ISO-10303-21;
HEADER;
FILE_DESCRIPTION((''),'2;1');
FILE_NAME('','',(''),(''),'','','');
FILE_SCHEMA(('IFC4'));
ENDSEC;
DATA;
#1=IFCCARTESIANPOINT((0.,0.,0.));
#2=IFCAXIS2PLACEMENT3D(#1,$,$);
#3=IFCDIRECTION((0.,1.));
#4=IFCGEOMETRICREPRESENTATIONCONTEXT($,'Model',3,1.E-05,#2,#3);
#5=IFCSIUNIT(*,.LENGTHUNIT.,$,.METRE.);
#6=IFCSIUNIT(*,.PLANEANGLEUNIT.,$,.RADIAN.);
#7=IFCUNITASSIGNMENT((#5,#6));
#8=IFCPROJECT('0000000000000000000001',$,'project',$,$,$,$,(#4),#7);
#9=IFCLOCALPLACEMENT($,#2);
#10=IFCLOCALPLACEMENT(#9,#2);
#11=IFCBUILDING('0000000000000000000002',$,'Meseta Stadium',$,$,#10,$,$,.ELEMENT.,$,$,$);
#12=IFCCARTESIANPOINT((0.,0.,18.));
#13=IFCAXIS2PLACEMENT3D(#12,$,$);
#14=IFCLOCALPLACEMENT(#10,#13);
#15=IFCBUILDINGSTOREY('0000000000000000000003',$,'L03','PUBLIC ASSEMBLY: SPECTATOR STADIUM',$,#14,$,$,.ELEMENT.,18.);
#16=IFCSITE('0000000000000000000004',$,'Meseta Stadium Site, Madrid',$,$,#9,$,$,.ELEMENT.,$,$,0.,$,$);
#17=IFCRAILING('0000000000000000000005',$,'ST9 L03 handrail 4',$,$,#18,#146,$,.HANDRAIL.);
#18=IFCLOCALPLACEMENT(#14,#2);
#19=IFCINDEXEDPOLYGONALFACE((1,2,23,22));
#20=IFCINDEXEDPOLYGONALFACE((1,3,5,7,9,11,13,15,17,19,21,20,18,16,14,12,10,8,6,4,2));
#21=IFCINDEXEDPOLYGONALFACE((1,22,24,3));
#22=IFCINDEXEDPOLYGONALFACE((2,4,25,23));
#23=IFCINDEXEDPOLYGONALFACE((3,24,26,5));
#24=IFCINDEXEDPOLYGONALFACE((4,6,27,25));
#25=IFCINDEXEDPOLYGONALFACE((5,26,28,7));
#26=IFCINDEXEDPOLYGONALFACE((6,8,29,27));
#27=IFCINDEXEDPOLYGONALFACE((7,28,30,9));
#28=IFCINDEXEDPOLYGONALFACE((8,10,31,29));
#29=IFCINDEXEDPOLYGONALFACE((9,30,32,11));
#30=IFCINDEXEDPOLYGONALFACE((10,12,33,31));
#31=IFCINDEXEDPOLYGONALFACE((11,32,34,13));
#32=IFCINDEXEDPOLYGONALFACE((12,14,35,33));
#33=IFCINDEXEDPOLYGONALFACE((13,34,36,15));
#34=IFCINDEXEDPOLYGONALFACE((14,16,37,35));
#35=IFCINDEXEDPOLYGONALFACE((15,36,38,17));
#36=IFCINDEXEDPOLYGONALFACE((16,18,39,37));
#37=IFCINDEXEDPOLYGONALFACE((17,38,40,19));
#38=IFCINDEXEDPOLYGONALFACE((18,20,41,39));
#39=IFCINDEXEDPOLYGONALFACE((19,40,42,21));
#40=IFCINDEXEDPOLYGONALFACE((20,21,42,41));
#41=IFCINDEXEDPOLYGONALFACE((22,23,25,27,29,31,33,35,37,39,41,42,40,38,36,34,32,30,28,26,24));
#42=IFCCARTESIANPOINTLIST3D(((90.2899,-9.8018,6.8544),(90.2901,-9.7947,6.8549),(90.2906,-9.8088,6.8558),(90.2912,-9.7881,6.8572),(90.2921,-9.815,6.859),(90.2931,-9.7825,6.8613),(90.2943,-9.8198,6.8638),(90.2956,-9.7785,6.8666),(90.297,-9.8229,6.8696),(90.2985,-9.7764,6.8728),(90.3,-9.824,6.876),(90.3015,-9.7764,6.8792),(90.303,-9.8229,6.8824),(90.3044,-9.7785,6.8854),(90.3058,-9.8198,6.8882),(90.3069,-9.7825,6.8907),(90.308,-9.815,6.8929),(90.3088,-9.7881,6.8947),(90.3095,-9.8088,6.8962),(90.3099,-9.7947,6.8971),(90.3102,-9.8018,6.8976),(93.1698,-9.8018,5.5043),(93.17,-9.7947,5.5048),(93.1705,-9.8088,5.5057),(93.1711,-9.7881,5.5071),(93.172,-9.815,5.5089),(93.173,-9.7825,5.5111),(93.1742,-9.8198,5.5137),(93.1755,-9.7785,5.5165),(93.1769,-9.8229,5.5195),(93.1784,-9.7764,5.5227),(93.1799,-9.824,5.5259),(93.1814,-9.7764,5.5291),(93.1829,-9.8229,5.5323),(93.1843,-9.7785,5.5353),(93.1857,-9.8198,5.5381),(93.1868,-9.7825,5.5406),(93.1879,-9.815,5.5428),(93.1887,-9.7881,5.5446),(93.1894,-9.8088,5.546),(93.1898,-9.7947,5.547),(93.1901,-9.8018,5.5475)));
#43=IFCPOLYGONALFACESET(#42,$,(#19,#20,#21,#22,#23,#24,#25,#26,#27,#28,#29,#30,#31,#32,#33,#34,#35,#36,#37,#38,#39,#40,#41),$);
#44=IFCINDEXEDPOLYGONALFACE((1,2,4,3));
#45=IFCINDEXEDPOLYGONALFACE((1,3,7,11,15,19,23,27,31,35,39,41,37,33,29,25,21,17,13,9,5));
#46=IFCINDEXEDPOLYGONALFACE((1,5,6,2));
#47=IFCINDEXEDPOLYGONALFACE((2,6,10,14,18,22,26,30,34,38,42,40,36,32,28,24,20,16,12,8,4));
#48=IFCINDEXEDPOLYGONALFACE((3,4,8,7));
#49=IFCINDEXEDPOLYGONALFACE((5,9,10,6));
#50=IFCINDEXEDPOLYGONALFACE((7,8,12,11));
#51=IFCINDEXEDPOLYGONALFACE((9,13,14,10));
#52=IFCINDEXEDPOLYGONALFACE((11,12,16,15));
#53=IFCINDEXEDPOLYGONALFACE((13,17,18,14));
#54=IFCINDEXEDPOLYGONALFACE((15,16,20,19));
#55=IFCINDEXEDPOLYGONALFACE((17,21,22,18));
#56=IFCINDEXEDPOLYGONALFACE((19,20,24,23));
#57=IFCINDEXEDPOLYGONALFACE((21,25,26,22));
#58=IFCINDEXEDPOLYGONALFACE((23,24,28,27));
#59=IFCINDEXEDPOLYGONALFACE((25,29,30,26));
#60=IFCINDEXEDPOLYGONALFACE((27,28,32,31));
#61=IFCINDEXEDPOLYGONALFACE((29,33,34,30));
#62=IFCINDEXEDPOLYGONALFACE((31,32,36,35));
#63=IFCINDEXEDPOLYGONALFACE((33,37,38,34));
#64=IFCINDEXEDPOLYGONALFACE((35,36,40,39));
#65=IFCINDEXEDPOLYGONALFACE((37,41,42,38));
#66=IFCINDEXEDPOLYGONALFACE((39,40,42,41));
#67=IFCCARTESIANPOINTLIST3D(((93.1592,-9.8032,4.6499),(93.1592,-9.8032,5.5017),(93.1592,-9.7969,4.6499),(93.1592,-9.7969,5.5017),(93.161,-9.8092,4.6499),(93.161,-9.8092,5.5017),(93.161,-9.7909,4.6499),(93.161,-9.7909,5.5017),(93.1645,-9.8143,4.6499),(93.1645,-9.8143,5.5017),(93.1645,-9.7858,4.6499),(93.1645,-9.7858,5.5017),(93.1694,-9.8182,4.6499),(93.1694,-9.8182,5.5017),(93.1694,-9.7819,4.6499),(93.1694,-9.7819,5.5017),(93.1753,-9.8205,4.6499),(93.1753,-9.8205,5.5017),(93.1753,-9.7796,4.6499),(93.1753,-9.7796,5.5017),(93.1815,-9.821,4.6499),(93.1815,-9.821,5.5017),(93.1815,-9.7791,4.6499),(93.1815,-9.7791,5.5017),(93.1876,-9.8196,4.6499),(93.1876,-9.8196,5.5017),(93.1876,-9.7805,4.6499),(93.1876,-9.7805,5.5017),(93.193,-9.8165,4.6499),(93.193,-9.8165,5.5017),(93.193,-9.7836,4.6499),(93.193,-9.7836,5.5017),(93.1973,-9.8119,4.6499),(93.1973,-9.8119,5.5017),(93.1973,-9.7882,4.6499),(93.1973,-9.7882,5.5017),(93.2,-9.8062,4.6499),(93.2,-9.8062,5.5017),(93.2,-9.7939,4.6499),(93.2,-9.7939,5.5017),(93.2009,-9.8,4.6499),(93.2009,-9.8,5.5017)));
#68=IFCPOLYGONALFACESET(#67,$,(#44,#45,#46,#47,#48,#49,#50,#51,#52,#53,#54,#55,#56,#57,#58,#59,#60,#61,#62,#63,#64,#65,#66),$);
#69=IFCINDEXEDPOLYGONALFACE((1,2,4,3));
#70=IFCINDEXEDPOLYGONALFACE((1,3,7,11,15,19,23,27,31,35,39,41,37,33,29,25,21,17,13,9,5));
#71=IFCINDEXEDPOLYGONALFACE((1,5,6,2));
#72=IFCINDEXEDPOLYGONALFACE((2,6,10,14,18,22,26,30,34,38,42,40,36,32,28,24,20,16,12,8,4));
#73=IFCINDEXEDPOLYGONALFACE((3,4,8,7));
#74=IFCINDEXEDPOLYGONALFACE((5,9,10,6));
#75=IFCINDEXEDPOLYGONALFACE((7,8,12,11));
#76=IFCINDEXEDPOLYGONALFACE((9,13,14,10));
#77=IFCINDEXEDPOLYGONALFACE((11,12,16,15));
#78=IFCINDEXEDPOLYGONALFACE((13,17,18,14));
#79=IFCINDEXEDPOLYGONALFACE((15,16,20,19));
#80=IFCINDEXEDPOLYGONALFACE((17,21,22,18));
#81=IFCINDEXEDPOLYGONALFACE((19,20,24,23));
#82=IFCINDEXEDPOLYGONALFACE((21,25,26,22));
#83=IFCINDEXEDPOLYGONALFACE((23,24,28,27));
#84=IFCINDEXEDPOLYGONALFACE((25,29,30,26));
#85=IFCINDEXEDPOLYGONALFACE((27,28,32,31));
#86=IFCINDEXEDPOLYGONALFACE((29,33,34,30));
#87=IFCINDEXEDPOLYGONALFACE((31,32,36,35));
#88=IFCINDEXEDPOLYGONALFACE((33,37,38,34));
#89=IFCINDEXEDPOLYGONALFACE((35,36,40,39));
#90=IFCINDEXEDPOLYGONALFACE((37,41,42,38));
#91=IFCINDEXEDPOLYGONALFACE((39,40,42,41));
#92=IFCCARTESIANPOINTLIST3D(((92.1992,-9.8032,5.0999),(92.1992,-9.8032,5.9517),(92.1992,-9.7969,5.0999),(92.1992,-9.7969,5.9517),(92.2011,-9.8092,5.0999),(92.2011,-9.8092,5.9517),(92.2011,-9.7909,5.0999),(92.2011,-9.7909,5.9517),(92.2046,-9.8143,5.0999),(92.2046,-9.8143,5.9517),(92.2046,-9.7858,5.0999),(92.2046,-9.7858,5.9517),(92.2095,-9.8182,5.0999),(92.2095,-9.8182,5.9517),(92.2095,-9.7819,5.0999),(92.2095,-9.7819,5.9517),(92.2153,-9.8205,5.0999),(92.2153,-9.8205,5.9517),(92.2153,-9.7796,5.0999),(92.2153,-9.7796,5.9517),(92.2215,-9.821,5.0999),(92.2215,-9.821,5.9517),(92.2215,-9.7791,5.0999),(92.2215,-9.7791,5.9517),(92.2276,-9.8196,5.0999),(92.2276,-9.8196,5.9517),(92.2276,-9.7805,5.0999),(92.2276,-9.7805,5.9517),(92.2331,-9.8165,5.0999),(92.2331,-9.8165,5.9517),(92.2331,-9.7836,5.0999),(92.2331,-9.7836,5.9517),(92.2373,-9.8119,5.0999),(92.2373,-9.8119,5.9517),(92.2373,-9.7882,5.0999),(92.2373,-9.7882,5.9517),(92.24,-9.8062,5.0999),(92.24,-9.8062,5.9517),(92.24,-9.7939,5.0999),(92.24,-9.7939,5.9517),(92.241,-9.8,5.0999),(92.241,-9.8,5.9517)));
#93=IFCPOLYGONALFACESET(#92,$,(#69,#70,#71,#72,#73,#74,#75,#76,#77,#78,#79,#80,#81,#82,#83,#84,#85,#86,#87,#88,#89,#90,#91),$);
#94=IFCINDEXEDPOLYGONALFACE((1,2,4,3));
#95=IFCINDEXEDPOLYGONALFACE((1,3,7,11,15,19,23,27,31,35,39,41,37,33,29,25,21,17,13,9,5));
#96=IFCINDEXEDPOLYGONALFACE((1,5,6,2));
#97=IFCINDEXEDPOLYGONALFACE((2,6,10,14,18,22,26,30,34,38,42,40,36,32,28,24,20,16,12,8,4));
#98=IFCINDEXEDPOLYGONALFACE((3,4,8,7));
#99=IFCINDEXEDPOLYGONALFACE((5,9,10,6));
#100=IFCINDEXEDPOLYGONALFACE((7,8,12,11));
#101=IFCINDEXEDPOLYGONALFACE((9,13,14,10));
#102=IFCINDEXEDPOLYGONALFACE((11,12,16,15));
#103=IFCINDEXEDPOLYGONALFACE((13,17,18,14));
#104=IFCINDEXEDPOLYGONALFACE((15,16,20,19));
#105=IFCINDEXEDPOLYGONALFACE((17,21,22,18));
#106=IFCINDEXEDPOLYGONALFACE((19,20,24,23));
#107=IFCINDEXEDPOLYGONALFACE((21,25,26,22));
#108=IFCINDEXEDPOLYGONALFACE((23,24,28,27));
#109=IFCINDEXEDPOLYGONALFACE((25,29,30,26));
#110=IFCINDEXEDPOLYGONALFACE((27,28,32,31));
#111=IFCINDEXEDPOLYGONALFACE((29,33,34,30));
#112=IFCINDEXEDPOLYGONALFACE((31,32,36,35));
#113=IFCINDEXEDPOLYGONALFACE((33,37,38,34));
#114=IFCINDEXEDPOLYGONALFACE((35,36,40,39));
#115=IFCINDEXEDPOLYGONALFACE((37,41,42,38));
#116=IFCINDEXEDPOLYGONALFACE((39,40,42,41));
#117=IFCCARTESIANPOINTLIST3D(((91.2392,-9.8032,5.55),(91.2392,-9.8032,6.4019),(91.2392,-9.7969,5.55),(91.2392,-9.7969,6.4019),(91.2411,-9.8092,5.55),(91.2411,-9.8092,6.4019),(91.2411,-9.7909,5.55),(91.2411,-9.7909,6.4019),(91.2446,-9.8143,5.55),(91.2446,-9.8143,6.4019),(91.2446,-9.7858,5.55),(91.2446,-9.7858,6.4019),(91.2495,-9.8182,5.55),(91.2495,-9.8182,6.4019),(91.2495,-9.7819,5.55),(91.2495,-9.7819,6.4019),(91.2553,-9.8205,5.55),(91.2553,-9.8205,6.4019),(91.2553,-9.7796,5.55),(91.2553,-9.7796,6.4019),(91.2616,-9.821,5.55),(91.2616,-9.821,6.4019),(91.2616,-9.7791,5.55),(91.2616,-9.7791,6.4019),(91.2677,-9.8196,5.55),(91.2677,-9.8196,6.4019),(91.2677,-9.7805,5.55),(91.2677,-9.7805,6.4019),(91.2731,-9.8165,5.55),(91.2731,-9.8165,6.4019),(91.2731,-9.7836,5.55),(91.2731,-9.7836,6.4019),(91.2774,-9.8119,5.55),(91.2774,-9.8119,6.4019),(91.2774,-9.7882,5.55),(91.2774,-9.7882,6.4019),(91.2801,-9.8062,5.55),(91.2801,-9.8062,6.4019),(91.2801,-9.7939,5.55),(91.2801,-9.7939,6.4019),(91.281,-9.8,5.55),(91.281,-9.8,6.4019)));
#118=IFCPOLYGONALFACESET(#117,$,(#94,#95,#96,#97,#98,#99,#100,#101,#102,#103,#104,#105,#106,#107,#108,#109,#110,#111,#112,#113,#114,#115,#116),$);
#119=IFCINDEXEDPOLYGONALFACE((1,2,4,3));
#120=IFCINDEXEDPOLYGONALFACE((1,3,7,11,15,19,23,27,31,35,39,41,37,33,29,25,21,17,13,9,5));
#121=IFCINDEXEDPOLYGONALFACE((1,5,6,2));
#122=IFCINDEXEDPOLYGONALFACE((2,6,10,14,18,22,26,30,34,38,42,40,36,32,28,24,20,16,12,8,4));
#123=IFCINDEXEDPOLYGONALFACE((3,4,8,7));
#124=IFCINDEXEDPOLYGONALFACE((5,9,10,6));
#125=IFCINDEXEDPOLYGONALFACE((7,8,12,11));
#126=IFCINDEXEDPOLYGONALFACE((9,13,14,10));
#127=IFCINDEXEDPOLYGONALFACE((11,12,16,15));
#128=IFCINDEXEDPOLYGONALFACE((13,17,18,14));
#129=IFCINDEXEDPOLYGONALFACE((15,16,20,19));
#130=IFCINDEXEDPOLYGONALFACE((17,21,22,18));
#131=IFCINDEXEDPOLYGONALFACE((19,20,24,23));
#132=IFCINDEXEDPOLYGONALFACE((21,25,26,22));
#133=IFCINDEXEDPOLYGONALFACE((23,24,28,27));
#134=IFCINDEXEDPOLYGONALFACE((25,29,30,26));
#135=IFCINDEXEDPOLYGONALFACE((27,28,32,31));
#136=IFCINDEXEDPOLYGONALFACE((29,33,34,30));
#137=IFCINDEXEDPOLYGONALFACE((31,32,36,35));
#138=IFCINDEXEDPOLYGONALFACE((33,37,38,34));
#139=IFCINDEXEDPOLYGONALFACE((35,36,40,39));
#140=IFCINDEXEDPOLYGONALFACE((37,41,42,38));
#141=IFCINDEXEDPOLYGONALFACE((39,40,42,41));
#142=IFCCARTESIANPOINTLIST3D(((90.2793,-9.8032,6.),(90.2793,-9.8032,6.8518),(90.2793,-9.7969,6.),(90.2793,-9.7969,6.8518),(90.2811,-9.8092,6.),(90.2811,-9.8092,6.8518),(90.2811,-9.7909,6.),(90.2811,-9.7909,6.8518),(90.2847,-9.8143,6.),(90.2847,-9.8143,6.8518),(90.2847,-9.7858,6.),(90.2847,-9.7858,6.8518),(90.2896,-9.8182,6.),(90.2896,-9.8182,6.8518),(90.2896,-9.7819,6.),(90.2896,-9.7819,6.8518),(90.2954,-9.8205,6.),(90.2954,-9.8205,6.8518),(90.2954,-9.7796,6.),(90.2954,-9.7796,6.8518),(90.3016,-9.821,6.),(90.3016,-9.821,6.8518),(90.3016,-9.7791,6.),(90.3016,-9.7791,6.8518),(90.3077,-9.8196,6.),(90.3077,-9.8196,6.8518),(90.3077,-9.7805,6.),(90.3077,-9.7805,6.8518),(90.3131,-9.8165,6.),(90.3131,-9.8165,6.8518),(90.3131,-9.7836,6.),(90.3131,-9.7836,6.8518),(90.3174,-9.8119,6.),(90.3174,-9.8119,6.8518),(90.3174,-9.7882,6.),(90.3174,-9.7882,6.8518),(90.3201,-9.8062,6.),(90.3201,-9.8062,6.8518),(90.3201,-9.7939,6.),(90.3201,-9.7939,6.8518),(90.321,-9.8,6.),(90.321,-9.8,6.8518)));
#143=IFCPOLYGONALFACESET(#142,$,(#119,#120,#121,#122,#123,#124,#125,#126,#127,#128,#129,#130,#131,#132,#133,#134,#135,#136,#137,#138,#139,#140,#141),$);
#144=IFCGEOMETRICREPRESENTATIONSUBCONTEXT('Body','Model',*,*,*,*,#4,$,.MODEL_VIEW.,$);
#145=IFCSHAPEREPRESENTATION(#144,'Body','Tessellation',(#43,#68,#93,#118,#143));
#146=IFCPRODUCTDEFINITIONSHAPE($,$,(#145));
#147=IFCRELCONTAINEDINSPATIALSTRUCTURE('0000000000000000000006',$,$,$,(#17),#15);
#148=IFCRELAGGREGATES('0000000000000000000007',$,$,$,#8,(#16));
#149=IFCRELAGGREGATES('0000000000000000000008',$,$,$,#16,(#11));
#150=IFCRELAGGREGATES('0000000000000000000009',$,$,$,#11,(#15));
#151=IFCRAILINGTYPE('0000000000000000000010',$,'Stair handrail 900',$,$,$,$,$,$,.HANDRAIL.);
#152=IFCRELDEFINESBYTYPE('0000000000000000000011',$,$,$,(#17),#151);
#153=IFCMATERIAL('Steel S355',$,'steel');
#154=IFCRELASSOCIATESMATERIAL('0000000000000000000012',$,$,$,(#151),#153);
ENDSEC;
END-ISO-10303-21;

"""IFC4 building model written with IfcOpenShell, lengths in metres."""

from ifc_helpers import new_model, si_unit, direction, frame, origin, origin_2d, place, context, subcontext, project, spatial, circle, extrude, material, type_object, element, save


model = new_model("IFC4")

# Units and contexts
model_context = context("Model", 3, precision=1e-05, world=origin(), true_north=direction((0.0, 1.0)))
body_context = subcontext(model_context, "Body", "Model", "MODEL_VIEW")
ifc_project = project(units=[si_unit("LENGTHUNIT", "METRE"), si_unit("PLANEANGLEUNIT", "RADIAN")], contexts=[model_context])

# Site, building, storey
site_placement = place(None, origin())
site = spatial("IfcSite", under=ifc_project, at=site_placement, Name="Meseta Stadium Site, Madrid", CompositionType="ELEMENT", RefElevation=0.0)
building_placement = place(site_placement, origin())
building = spatial("IfcBuilding", under=site, at=building_placement, Name="Meseta Stadium", CompositionType="ELEMENT")
storey_placement = place(building_placement, frame((0.0, 0.0, 18.0)))
storey = spatial("IfcBuildingStorey", under=building, at=storey_placement, Name="L03", Description="PUBLIC ASSEMBLY: SPECTATOR STADIUM", CompositionType="ELEMENT", Elevation=18.0)

# Railing
ifc_material_1 = material(Name="Steel S355", Category="steel")
railing_type_1 = type_object("IfcRailingType", Name="Stair handrail 900", PredefinedType="HANDRAIL", material=ifc_material_1)
for number, where, name in (
    (1, (93.1799, -9.8, 4.6499), "ST9 L03 handrail 4"),
):
    element("IfcRailing", number, at=place(storey_placement, frame(where)), inside=storey, type_object=railing_type_1, Name=name, PredefinedType="HANDRAIL", context=body_context, shape_type="SweptSolid", body=[
        extrude(circle(Radius=0.0239, at=origin_2d()), frame((0.0, 0.0, 0.876), z_axis=(-0.90544, 0.0, 0.424473), x_axis=(0.0, -1.0, 0.0)), (0.0, 0.0, 1.0), 3.1807),
        extrude(circle(Radius=0.021, at=origin_2d()), origin(), (0.0, 0.0, 1.0), 0.8518),
        extrude(circle(Radius=0.021, at=origin_2d()), frame((-0.96, 0.0, 0.45)), (0.0, 0.0, 1.0), 0.8518),
        extrude(circle(Radius=0.021, at=origin_2d()), frame((-1.9199, 0.0, 0.9001)), (0.0, 0.0, 1.0), 0.8518),
        extrude(circle(Radius=0.021, at=origin_2d()), frame((-2.8799, 0.0, 1.3501)), (0.0, 0.0, 1.0), 0.8518),
    ])

save(model, "model.ifc")
